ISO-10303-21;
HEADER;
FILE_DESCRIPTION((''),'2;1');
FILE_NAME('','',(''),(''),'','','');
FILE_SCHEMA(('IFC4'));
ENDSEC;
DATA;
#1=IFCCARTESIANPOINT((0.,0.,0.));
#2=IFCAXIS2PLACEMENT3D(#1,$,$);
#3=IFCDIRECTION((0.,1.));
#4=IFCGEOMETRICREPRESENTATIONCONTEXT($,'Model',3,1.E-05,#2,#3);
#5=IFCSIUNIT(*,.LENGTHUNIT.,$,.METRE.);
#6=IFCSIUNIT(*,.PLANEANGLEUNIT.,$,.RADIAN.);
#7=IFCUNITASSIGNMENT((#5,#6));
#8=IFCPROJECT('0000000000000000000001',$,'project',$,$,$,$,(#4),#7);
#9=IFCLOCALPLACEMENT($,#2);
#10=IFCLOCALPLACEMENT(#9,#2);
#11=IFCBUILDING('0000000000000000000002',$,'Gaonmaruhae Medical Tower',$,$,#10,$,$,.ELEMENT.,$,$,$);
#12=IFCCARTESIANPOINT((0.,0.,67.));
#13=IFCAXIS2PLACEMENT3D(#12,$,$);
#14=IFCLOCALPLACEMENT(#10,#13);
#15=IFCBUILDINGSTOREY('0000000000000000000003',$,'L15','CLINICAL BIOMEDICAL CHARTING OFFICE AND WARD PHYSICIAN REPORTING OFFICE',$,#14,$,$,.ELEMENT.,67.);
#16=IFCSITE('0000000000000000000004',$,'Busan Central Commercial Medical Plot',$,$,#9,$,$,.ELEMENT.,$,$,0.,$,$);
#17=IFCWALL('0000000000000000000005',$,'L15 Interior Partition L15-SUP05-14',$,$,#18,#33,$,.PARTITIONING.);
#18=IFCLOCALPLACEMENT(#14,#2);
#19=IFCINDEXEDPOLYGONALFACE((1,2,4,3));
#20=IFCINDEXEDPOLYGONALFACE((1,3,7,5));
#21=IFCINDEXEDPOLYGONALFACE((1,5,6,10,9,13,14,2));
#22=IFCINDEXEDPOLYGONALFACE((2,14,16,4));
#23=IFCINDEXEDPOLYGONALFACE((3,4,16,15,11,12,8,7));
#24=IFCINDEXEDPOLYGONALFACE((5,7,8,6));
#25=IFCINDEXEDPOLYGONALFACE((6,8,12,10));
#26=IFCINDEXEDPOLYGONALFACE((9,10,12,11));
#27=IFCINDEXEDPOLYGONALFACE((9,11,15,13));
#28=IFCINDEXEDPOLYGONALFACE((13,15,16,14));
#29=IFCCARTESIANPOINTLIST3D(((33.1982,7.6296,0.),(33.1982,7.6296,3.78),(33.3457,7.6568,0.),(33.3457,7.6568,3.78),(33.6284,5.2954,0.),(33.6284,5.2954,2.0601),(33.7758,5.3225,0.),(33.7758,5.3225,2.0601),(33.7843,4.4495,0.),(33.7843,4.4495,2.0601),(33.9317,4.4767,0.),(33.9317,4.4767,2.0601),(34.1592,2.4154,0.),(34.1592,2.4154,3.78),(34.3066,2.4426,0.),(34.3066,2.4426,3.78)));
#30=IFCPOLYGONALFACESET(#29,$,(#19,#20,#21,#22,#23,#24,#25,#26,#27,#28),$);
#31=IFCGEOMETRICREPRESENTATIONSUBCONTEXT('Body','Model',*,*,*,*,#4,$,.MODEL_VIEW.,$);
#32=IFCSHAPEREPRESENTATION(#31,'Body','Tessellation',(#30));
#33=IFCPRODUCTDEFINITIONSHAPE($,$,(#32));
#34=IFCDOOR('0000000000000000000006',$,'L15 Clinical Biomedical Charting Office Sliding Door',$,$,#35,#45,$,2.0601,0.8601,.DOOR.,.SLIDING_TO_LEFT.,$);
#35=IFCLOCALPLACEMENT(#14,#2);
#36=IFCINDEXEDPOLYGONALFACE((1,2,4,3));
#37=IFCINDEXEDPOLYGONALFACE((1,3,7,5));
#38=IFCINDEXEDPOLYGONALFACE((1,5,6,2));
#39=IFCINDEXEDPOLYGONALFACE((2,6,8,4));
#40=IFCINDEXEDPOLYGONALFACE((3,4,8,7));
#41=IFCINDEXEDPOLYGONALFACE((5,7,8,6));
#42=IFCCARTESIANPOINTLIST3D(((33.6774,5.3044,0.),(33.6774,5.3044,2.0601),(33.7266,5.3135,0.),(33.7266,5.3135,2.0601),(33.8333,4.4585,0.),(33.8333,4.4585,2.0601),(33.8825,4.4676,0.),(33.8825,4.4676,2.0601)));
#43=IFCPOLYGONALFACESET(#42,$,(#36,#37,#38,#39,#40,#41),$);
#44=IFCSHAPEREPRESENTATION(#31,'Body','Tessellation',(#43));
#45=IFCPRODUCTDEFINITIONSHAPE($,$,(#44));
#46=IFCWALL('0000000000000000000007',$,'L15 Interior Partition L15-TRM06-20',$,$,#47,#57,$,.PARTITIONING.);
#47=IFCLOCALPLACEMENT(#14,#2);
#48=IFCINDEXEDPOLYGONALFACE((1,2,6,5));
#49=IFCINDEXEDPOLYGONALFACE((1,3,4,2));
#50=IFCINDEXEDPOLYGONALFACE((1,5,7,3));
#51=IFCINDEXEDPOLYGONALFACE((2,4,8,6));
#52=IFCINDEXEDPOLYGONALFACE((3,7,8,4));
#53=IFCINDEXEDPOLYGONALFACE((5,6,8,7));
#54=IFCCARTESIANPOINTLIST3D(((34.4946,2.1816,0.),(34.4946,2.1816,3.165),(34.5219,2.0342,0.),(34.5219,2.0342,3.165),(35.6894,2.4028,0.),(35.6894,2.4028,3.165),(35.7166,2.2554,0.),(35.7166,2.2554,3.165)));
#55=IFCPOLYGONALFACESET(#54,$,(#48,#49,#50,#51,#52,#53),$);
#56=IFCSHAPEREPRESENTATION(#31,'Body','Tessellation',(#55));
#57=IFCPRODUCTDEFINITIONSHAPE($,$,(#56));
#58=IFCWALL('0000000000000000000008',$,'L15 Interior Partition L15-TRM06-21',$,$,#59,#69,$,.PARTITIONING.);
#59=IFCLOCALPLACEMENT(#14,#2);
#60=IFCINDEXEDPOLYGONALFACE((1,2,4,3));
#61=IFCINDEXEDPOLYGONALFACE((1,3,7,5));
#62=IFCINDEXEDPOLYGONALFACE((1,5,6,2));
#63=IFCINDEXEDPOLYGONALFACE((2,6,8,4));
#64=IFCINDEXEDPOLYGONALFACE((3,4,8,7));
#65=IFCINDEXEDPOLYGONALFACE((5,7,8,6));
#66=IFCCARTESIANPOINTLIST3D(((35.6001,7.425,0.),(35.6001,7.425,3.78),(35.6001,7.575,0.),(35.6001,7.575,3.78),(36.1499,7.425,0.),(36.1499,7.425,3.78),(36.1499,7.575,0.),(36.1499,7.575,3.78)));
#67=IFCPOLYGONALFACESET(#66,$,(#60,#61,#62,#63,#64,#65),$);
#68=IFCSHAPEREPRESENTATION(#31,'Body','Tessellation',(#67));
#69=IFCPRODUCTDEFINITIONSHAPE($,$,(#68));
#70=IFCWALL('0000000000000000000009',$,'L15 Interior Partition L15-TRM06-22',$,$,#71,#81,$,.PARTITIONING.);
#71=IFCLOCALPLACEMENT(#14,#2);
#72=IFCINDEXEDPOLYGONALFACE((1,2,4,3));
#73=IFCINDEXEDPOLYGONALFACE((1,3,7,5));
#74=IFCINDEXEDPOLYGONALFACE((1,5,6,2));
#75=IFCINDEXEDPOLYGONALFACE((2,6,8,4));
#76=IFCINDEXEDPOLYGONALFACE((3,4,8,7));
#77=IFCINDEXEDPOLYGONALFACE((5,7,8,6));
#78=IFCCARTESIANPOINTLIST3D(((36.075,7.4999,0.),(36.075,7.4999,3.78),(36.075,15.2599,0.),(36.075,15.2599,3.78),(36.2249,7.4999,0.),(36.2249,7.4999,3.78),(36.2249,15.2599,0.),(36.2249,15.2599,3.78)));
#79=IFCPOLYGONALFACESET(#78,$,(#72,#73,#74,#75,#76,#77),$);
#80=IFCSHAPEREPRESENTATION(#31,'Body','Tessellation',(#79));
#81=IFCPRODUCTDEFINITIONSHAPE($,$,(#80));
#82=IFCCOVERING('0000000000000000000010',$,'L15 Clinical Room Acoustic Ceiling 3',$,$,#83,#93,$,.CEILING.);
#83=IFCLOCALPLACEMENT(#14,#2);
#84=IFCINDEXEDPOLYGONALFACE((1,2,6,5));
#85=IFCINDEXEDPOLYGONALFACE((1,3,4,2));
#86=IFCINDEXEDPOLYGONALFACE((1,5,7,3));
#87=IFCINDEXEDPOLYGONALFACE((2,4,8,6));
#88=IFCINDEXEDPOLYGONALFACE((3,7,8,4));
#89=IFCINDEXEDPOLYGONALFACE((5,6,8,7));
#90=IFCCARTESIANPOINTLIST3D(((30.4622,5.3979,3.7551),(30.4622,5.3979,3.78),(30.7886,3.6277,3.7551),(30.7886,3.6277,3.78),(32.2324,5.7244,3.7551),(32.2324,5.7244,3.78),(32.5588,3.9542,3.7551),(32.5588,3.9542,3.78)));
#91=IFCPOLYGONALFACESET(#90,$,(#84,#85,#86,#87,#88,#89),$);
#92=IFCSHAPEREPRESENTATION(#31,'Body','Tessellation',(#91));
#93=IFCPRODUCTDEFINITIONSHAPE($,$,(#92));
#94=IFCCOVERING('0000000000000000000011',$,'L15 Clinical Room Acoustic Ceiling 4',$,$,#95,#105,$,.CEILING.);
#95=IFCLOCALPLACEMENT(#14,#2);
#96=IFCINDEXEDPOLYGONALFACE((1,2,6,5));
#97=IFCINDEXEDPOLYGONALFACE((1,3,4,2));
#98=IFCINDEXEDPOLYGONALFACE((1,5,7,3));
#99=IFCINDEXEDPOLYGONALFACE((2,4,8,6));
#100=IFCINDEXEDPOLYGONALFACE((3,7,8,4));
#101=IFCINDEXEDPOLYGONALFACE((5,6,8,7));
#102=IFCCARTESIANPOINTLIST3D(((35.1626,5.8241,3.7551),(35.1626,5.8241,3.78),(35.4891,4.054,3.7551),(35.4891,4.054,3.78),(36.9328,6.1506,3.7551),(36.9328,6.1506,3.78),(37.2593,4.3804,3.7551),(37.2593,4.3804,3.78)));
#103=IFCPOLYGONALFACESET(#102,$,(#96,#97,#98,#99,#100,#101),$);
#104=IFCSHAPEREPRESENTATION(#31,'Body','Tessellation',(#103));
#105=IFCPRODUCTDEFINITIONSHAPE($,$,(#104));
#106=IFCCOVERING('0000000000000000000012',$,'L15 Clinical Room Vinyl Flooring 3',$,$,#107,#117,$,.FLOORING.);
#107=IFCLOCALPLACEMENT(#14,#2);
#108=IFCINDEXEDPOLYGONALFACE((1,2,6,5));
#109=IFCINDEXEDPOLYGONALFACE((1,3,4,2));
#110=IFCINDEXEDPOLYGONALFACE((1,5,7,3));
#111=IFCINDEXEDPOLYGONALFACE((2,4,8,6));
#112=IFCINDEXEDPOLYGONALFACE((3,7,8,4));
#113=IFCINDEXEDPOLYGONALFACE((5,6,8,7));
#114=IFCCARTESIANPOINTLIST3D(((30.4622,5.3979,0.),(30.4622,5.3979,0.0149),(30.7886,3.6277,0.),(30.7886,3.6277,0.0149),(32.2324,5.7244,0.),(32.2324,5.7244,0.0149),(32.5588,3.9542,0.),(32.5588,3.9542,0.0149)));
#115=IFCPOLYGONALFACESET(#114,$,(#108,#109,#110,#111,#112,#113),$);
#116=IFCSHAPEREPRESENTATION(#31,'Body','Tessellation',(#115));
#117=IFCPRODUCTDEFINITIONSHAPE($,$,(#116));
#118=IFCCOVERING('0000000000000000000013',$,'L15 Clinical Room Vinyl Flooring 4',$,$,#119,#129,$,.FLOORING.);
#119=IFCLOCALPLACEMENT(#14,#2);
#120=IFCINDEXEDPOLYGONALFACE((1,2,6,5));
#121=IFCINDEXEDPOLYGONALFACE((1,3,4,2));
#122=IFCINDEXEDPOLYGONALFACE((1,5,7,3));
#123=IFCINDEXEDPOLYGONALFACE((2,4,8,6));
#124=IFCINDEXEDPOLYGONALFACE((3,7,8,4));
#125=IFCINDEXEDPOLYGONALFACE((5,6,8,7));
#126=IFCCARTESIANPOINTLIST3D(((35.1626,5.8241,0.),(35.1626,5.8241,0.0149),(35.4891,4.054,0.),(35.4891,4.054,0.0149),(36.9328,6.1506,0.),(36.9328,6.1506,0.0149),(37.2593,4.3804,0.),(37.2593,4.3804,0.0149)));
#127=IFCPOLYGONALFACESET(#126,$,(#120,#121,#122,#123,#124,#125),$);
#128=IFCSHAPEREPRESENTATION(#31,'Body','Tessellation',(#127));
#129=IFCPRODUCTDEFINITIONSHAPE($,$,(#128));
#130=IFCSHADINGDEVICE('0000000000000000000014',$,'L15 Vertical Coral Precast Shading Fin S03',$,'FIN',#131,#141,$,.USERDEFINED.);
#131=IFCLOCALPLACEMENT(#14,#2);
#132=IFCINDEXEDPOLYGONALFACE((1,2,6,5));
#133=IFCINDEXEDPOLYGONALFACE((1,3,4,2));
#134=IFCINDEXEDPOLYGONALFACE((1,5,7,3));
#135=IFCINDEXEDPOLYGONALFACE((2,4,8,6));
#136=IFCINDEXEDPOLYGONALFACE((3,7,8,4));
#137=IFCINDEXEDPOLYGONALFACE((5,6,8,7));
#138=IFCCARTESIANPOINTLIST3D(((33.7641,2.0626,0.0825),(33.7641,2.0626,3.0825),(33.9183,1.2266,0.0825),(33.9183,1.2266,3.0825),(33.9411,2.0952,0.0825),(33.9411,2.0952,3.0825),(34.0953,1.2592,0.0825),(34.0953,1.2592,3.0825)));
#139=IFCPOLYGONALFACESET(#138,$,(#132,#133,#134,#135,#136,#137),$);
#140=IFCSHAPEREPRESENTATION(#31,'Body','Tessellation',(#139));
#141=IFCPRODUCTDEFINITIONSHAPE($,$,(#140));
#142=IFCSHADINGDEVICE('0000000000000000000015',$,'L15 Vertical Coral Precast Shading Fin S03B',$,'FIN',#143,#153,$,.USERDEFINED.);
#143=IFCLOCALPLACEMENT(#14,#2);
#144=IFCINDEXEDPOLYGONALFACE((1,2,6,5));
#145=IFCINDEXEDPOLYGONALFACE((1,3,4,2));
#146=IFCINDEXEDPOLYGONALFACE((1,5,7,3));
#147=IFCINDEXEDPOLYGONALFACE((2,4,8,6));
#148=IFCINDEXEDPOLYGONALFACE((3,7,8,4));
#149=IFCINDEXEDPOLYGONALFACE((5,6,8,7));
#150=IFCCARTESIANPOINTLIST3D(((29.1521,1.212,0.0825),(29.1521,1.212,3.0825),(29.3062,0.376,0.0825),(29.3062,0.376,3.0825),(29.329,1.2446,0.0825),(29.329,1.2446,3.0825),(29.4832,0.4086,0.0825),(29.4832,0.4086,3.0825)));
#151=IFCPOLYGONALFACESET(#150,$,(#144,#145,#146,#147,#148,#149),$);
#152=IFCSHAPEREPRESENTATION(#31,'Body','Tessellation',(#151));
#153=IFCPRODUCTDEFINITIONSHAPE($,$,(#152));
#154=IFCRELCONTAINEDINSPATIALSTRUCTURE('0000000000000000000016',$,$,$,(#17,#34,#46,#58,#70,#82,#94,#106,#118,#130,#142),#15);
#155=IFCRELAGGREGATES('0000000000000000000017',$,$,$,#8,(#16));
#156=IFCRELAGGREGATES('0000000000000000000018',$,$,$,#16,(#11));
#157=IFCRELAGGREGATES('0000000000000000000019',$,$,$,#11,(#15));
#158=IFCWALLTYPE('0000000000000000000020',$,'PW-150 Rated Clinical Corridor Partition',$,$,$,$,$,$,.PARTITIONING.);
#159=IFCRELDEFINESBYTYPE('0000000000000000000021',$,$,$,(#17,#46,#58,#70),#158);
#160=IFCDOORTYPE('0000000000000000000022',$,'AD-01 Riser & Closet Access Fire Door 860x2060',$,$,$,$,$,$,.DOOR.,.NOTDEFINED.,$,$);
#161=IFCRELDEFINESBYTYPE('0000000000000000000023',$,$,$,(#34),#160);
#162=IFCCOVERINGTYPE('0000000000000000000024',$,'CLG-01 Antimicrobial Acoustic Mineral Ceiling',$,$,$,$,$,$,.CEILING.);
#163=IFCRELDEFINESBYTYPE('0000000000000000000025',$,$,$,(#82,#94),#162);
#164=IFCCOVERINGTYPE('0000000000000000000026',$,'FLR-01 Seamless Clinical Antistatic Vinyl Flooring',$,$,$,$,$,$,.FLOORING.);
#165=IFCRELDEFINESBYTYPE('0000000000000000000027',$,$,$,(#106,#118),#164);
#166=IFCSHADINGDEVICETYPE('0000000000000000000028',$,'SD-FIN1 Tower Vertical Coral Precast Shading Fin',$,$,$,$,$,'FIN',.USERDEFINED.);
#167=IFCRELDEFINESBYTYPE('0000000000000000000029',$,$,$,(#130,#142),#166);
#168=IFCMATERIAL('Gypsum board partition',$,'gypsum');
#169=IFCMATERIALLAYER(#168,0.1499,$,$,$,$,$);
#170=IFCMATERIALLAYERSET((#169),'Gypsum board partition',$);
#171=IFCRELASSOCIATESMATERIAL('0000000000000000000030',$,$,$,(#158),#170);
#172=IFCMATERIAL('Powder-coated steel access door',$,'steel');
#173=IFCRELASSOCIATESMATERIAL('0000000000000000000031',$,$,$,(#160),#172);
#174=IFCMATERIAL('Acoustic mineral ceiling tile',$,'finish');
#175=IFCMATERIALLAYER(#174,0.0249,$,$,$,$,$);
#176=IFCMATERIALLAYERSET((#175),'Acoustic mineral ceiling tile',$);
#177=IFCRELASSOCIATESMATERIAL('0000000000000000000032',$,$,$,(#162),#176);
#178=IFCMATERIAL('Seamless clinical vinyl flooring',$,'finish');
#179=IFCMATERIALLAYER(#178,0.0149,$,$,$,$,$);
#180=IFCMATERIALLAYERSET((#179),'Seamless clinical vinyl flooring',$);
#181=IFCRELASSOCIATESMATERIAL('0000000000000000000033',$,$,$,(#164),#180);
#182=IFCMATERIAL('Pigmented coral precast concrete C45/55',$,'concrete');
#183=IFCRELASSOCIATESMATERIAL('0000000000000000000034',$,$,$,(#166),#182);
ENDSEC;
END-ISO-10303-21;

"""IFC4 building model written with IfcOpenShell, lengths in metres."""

from ifc_helpers import new_model, si_unit, direction, frame, frame_2d, origin, origin_2d, place, context, subcontext, project, spatial, rectangle, extrude, material, layer, layer_set, type_object, element, fill, save


model = new_model("IFC4")

# Units and contexts
model_context = context("Model", 3, precision=1e-05, world=origin(), true_north=direction((0.0, 1.0)))
body_context = subcontext(model_context, "Body", "Model", "MODEL_VIEW")
ifc_project = project(units=[si_unit("LENGTHUNIT", "METRE"), si_unit("PLANEANGLEUNIT", "RADIAN")], contexts=[model_context])

# Site, building, storey
site_placement = place(None, origin())
site = spatial("IfcSite", under=ifc_project, at=site_placement, Name="Busan Central Commercial Medical Plot", CompositionType="ELEMENT", RefElevation=0.0)
building_placement = place(site_placement, origin())
building = spatial("IfcBuilding", under=site, at=building_placement, Name="Gaonmaruhae Medical Tower", CompositionType="ELEMENT")
storey_placement = place(building_placement, frame((0.0, 0.0, 67.0)))
storey = spatial("IfcBuildingStorey", under=building, at=storey_placement, Name="L15", Description="CLINICAL BIOMEDICAL CHARTING OFFICE AND WARD PHYSICIAN REPORTING OFFICE", CompositionType="ELEMENT", Elevation=67.0)

# Shared definitions
ifc_material_1 = material(Name="Gypsum board partition", Category="gypsum")
ifc_layer_1 = layer(ifc_material_1, 0.1499)
ifc_layer_set_1 = layer_set([ifc_layer_1], Name="Gypsum board partition")
wall_type_1 = type_object("IfcWallType", Name="PW-150 Rated Clinical Corridor Partition", PredefinedType="PARTITIONING", material=ifc_layer_set_1)

# Wall, opening, door
ifc_material_2 = material(Name="Powder-coated steel access door", Category="steel")
door_type = type_object("IfcDoorType", Name="AD-01 Riser & Closet Access Fire Door 860x2060", OperationType="NOTDEFINED", PredefinedType="DOOR", material=ifc_material_2)
wall_1_placement = place(storey_placement, frame((33.272, 7.6431, 0.0), z_axis=(0.0, 0.0, 1.0), x_axis=(0.181243, -0.983438, 0.0)))
wall_1 = element("IfcWall", 1, at=wall_1_placement, inside=storey, type_object=wall_type_1, Name="L15 Interior Partition L15-SUP05-14", PredefinedType="PARTITIONING", context=body_context, shape_type="SweptSolid", body=[
    extrude(rectangle(XDim=5.302, YDim=0.1499, at=frame_2d((2.6509, 0.0))), origin(), (0.0, 0.0, 1.0), 3.78),
])
opening_1_placement = place(wall_1_placement, frame((2.3733, 0.0, 0.0)))
opening_1 = element("IfcOpeningElement", 2, at=opening_1_placement, cuts=wall_1, PredefinedType="OPENING", context=body_context, shape_type="SweptSolid", body=[
    extrude(rectangle(XDim=0.8601, YDim=2.0601, at=frame_2d((0.4302, 1.03))), frame((0.0, 0.085, 0.0), z_axis=(0.0, -1.0, 0.0), x_axis=(1.0, 0.0, 0.0)), (0.0, 0.0, 1.0), 0.1699),
])
door_1_placement = place(opening_1_placement, origin())
door_1 = element("IfcDoor", 3, at=door_1_placement, inside=storey, type_object=door_type, Name="L15 Clinical Biomedical Charting Office Sliding Door", OperationType="SLIDING_TO_LEFT", OverallHeight=2.0601, OverallWidth=0.8601, PredefinedType="DOOR", context=body_context, shape_type="SweptSolid", body=[
    extrude(rectangle(XDim=0.8601, YDim=2.0601, at=frame_2d((0.4302, 1.03))), frame((0.0, 0.0249, 0.0), z_axis=(0.0, -1.0, 0.0), x_axis=(1.0, 0.0, 0.0)), (0.0, 0.0, 1.0), 0.05),
])
fill(opening_1, door_1)

# Walls
wall_2_placement = place(storey_placement, frame((35.7029, 2.3291, 0.0), z_axis=(0.0, 0.0, 1.0), x_axis=(-0.983293, -0.182032, 0.0)))
element("IfcWall", 4, at=wall_2_placement, inside=storey, type_object=wall_type_1, Name="L15 Interior Partition L15-TRM06-20", PredefinedType="PARTITIONING", context=body_context, shape_type="SweptSolid", body=[
    extrude(rectangle(XDim=1.2151, YDim=0.1499, at=frame_2d((0.6074, 0.0))), origin(), (0.0, 0.0, 1.0), 3.165),
])
wall_3_placement = place(storey_placement, frame((35.6001, 7.5, 0.0), z_axis=(0.0, 0.0, 1.0), x_axis=(1.0, 0.0, 0.0)))
element("IfcWall", 5, at=wall_3_placement, inside=storey, type_object=wall_type_1, Name="L15 Interior Partition L15-TRM06-21", PredefinedType="PARTITIONING", context=body_context, shape_type="SweptSolid", body=[
    extrude(rectangle(XDim=0.5498, YDim=0.1499, at=frame_2d((0.2749, 0.0))), origin(), (0.0, 0.0, 1.0), 3.78),
])
wall_4_placement = place(storey_placement, frame((36.1499, 7.5, 0.0), z_axis=(0.0, 0.0, 1.0), x_axis=(0.0, 1.0, 0.0)))
element("IfcWall", 6, at=wall_4_placement, inside=storey, type_object=wall_type_1, Name="L15 Interior Partition L15-TRM06-22", PredefinedType="PARTITIONING", context=body_context, shape_type="SweptSolid", body=[
    extrude(rectangle(XDim=7.76, YDim=0.1499, at=frame_2d((3.8799, 0.0))), origin(), (0.0, 0.0, 1.0), 3.78),
])

# Coverings
ifc_material_3 = material(Name="Acoustic mineral ceiling tile", Category="finish")
ifc_layer_2 = layer(ifc_material_3, 0.0249)
ifc_layer_set_2 = layer_set([ifc_layer_2], Name="Acoustic mineral ceiling tile")
covering_type_1 = type_object("IfcCoveringType", Name="CLG-01 Antimicrobial Acoustic Mineral Ceiling", PredefinedType="CEILING", material=ifc_layer_set_2)
for number, where, z_axis, x_axis, name in (
    (7, (31.5105, 4.676, 3.7551), (0.0, 0.0, 1.0), (0.983414, 0.181377, 0.0), "L15 Clinical Room Acoustic Ceiling 3"),
    (8, (36.2109, 5.1023, 3.7551), (0.0, 0.0, 1.0), (0.983414, 0.181377, 0.0), "L15 Clinical Room Acoustic Ceiling 4"),
):
    element("IfcCovering", number, at=place(storey_placement, frame(where, z_axis=z_axis, x_axis=x_axis)), inside=storey, type_object=covering_type_1, Name=name, PredefinedType="CEILING", context=body_context, shape_type="SweptSolid", body=[
        extrude(rectangle(XDim=1.8, YDim=1.8, at=origin_2d()), origin(), (0.0, 0.0, 1.0), 0.0249),
    ])
ifc_material_4 = material(Name="Seamless clinical vinyl flooring", Category="finish")
ifc_layer_3 = layer(ifc_material_4, 0.0149)
ifc_layer_set_3 = layer_set([ifc_layer_3], Name="Seamless clinical vinyl flooring")
covering_type_2 = type_object("IfcCoveringType", Name="FLR-01 Seamless Clinical Antistatic Vinyl Flooring", PredefinedType="FLOORING", material=ifc_layer_set_3)
for number, where, z_axis, x_axis, name in (
    (9, (31.5105, 4.676, 0.0), (0.0, 0.0, 1.0), (0.983414, 0.181377, 0.0), "L15 Clinical Room Vinyl Flooring 3"),
    (10, (36.2109, 5.1023, 0.0), (0.0, 0.0, 1.0), (0.983414, 0.181377, 0.0), "L15 Clinical Room Vinyl Flooring 4"),
):
    element("IfcCovering", number, at=place(storey_placement, frame(where, z_axis=z_axis, x_axis=x_axis)), inside=storey, type_object=covering_type_2, Name=name, PredefinedType="FLOORING", context=body_context, shape_type="SweptSolid", body=[
        extrude(rectangle(XDim=1.8, YDim=1.8, at=origin_2d()), origin(), (0.0, 0.0, 1.0), 0.0149),
    ])

# Shading devices
ifc_material_5 = material(Name="Pigmented coral precast concrete C45/55", Category="concrete")
shading_device_type = type_object("IfcShadingDeviceType", Name="SD-FIN1 Tower Vertical Coral Precast Shading Fin", ElementType="FIN", PredefinedType="USERDEFINED", material=ifc_material_5)
for number, where, z_axis, x_axis, name in (
    (11, (33.9297, 1.6609, 0.0825), (0.0, 0.0, 1.0), (-0.983414, -0.181377, 0.0), "L15 Vertical Coral Precast Shading Fin S03"),
    (12, (29.3176, 0.8103, 0.0825), (0.0, 0.0, 1.0), (-0.983414, -0.181377, 0.0), "L15 Vertical Coral Precast Shading Fin S03B"),
):
    element("IfcShadingDevice", number, at=place(storey_placement, frame(where, z_axis=z_axis, x_axis=x_axis)), inside=storey, type_object=shading_device_type, Name=name, ObjectType="FIN", PredefinedType="USERDEFINED", context=body_context, shape_type="SweptSolid", body=[
        extrude(rectangle(XDim=0.1799, YDim=0.8501, at=origin_2d()), origin(), (0.0, 0.0, 1.0), 3.0),
    ])

save(model, "model.ifc")
